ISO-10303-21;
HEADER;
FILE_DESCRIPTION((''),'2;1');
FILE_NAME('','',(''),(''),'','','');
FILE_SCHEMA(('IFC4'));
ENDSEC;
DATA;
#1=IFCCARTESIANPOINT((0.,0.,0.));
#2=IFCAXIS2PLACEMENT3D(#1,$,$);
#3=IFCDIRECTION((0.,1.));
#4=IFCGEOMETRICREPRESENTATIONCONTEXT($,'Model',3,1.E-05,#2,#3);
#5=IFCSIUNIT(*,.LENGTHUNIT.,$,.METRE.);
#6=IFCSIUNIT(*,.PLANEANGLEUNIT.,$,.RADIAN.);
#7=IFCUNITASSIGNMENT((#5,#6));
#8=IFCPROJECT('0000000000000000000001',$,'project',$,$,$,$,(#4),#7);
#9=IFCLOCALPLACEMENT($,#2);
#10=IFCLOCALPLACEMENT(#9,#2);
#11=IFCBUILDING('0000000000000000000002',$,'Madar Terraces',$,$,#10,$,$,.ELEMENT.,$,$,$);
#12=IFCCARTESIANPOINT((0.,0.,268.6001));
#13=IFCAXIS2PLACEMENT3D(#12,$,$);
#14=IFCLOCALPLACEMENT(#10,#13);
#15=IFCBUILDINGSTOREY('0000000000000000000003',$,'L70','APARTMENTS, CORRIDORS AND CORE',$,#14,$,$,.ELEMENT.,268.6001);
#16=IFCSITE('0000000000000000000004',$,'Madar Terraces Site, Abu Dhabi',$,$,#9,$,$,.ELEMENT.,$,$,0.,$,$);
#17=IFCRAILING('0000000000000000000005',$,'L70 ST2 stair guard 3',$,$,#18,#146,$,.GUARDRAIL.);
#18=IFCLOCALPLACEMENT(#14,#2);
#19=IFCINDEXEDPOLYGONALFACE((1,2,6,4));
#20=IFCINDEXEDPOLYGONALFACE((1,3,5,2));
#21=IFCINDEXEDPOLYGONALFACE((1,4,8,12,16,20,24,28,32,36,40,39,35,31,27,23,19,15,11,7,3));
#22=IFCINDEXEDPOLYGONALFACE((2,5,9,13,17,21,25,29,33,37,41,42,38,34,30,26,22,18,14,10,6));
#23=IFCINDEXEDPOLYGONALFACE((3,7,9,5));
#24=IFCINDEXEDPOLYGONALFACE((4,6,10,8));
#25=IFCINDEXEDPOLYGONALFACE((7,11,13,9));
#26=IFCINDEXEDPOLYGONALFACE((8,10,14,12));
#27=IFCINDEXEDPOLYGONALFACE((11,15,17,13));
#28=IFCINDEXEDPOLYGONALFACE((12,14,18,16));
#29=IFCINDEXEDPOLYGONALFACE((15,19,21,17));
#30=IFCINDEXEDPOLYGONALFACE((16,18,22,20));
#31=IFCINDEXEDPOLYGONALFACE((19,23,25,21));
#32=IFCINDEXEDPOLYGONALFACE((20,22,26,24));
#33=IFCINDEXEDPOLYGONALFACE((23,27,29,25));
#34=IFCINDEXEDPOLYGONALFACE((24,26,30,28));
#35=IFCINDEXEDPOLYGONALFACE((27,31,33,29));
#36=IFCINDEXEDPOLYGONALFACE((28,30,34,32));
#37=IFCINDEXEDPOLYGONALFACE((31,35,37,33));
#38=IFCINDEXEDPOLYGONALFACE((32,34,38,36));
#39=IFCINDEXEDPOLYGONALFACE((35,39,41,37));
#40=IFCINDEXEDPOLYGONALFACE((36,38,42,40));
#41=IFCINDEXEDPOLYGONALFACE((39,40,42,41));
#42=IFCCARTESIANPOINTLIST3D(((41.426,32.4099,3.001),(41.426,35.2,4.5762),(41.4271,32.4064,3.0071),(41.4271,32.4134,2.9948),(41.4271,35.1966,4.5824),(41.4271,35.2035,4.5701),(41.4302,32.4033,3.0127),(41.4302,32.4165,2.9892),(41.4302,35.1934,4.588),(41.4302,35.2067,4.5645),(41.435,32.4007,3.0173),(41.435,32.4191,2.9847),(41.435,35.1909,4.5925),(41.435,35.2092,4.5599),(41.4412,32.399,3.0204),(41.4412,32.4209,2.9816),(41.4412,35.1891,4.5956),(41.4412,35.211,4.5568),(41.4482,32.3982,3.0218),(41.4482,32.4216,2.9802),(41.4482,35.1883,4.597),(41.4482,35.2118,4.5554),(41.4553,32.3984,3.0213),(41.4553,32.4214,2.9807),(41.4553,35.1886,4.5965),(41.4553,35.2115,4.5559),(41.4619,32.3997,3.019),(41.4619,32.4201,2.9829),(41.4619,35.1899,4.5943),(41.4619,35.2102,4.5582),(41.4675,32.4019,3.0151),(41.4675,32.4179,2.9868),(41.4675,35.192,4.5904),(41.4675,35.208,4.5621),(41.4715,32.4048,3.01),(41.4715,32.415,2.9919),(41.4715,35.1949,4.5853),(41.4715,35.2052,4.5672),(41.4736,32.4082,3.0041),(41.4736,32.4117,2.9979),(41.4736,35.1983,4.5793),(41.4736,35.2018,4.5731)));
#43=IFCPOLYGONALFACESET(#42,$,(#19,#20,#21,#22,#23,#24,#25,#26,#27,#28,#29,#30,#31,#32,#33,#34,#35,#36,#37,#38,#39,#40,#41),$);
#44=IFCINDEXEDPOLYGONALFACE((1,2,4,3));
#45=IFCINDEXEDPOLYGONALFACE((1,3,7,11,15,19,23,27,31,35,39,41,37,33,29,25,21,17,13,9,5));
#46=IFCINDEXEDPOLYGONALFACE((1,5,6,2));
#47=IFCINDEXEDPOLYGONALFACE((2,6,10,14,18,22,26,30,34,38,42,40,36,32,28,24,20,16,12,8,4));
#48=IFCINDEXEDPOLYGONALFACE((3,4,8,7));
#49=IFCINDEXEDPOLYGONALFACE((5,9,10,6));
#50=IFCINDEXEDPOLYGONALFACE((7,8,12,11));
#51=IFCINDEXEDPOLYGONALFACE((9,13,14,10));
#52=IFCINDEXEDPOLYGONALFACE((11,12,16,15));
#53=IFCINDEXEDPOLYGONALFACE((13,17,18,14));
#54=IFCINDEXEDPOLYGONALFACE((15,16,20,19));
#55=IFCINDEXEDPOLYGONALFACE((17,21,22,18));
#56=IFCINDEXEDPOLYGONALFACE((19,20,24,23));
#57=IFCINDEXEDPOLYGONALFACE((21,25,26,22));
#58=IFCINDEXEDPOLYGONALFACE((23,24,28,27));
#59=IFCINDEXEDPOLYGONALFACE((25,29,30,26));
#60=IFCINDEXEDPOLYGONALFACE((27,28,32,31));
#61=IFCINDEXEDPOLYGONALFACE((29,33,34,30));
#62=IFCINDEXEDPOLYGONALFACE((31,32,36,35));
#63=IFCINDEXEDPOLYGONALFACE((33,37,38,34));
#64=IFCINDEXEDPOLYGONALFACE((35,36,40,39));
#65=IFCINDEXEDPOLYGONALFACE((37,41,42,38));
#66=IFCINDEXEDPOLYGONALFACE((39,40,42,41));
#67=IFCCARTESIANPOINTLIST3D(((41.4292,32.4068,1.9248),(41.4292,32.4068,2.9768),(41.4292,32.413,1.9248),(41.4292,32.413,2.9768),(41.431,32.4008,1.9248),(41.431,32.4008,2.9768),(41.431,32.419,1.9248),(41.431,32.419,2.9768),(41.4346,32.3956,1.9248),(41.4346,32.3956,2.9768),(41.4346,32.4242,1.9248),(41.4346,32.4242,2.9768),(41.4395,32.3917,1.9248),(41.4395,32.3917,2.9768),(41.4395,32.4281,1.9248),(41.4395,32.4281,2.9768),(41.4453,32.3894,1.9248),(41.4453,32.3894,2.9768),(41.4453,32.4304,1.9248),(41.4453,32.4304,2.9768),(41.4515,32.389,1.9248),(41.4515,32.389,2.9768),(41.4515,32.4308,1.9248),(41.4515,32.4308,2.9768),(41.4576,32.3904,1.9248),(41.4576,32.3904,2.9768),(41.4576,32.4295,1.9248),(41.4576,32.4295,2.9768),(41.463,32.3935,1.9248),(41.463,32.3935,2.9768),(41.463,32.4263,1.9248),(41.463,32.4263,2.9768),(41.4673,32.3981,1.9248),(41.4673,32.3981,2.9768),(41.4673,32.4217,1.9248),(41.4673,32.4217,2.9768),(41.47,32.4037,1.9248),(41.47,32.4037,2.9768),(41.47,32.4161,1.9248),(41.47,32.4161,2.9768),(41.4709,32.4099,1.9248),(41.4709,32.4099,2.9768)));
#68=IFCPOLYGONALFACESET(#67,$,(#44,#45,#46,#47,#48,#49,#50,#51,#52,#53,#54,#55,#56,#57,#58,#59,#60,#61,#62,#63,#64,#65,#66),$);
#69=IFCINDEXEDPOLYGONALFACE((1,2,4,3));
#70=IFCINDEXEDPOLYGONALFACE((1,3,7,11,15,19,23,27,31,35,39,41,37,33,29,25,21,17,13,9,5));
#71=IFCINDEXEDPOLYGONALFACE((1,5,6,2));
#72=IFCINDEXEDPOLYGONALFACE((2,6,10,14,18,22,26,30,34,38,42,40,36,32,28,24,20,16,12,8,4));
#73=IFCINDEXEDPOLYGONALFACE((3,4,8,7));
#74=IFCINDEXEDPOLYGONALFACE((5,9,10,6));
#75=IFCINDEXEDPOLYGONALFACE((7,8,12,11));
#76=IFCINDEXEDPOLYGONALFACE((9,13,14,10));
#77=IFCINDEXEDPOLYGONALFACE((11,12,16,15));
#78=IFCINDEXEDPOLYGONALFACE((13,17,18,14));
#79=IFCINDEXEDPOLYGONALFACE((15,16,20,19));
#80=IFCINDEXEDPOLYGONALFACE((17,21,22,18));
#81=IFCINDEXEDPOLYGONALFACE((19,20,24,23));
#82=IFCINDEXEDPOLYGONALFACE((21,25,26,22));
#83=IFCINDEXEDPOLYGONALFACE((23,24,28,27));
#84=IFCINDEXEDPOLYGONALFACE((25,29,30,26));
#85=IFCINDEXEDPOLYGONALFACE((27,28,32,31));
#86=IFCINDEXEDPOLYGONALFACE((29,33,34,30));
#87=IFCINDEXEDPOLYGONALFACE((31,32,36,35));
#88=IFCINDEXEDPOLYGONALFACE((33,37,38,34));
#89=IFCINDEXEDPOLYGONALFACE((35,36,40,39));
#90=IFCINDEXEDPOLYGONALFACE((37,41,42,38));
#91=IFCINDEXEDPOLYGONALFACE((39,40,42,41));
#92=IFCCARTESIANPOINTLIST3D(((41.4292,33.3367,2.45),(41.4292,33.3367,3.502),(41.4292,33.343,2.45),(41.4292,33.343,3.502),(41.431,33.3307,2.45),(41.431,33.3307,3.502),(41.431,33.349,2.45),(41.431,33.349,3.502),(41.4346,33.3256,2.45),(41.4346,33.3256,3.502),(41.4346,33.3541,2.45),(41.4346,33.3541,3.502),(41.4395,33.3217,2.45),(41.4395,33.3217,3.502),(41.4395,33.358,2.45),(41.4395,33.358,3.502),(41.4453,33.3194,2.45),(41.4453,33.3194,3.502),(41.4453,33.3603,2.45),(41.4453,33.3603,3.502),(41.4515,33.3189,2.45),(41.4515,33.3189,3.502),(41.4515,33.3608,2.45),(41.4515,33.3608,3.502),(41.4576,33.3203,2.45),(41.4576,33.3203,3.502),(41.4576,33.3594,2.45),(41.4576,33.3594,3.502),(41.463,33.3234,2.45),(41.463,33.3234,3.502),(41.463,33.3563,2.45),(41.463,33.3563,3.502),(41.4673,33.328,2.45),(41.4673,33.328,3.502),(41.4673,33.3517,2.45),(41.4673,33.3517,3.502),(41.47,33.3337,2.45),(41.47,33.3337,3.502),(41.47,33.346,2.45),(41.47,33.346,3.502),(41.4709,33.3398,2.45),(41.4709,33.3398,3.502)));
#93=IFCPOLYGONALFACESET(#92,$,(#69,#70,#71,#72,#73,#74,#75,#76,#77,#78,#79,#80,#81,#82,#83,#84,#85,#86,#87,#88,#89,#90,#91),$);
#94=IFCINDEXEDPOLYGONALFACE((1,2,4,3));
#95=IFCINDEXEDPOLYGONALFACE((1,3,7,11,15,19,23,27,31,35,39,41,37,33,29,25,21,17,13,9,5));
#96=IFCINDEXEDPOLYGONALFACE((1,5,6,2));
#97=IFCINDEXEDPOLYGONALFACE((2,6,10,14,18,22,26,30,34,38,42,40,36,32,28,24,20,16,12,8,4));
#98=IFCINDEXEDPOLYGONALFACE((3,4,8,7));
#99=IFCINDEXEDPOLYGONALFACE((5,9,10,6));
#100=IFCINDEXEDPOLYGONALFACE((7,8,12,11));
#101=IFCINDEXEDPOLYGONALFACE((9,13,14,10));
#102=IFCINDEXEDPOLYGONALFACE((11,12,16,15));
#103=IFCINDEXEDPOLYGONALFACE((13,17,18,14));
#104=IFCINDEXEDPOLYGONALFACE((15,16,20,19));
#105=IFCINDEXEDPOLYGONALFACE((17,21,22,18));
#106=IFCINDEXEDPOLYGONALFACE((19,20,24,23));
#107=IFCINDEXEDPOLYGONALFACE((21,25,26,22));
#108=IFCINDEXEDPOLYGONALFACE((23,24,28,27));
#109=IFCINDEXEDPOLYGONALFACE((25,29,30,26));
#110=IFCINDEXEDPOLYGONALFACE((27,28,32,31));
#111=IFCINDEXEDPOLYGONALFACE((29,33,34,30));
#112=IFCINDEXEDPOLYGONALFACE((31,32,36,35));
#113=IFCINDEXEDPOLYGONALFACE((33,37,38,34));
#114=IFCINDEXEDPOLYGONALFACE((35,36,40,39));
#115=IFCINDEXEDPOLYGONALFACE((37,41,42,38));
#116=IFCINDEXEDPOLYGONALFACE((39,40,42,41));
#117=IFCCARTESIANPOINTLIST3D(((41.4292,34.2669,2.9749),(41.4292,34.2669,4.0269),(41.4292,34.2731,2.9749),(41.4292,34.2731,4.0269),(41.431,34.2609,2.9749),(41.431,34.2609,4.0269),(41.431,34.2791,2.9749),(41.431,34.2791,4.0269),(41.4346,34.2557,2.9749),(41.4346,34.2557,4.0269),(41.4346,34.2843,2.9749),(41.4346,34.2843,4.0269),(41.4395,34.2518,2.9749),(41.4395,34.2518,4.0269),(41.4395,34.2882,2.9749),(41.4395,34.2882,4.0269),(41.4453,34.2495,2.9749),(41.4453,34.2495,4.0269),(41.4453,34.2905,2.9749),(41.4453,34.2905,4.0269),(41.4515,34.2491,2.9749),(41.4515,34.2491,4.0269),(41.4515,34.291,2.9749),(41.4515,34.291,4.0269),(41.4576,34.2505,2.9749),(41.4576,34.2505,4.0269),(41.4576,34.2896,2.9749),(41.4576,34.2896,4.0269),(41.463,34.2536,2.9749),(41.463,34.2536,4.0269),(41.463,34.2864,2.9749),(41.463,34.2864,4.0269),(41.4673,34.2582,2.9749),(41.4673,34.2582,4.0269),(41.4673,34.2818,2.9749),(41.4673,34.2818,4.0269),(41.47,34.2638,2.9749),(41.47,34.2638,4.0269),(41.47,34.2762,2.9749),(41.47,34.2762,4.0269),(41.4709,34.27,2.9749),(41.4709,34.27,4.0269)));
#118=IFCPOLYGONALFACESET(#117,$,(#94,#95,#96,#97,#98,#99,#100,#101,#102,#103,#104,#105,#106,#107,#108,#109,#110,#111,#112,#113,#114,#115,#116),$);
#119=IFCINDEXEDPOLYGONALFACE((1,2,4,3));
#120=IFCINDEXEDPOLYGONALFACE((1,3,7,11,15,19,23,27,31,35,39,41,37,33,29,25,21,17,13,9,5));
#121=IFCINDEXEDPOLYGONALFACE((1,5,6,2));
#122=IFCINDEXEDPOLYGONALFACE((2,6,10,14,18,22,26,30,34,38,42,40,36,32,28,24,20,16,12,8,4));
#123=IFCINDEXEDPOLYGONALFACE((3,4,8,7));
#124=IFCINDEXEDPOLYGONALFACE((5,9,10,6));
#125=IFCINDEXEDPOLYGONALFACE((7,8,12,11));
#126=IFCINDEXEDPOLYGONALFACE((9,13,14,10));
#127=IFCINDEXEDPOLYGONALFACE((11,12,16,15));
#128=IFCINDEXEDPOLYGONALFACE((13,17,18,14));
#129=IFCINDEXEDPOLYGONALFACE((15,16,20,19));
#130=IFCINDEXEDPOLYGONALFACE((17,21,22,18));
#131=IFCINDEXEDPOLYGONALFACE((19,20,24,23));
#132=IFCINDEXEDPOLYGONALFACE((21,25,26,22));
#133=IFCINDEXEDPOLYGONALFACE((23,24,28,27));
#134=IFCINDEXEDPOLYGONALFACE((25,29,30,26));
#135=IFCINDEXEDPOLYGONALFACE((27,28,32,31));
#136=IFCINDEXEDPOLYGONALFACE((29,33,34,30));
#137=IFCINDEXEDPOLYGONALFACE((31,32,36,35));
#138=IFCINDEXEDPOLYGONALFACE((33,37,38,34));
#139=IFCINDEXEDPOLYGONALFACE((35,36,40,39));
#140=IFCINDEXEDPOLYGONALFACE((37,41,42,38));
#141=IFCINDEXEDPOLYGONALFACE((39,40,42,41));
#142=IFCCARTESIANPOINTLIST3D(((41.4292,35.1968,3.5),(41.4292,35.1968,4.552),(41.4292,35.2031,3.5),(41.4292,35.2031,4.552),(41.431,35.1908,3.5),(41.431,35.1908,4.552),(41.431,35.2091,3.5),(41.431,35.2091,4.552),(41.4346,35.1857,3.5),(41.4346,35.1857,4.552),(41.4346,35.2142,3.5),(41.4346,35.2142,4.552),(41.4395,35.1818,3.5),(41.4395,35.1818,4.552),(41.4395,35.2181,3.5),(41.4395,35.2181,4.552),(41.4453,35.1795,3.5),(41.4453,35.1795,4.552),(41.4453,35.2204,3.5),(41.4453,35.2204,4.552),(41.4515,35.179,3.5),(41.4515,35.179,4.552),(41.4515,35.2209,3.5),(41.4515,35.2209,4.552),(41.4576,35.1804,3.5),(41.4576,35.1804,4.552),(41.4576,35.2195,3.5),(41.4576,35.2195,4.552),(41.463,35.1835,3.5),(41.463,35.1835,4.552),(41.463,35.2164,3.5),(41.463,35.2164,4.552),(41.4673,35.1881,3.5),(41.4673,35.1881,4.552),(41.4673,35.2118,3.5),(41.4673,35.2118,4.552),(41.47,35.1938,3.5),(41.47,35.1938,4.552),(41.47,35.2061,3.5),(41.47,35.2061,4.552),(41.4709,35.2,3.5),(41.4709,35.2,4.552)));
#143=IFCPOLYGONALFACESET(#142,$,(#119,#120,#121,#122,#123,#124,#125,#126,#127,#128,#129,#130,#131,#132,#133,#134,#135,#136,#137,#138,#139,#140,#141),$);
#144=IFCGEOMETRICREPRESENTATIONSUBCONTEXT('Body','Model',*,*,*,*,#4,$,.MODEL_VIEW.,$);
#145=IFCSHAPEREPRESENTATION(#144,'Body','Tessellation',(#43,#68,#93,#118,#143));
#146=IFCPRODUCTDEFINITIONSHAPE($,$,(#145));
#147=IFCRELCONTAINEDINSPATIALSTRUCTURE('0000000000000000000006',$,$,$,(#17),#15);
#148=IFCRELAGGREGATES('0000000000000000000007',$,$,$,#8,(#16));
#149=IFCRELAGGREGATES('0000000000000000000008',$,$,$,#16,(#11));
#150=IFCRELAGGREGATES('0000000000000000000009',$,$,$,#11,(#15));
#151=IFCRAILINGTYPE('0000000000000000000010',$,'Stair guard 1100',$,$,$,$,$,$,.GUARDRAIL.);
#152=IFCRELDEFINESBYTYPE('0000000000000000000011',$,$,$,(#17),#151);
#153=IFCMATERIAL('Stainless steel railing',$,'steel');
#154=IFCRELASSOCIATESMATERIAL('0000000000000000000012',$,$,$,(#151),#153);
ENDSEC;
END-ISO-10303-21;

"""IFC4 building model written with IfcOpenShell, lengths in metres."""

from ifc_helpers import new_model, si_unit, direction, frame, origin, origin_2d, place, context, subcontext, project, spatial, circle, extrude, material, type_object, element, save


model = new_model("IFC4")

# Units and contexts
model_context = context("Model", 3, precision=1e-05, world=origin(), true_north=direction((0.0, 1.0)))
body_context = subcontext(model_context, "Body", "Model", "MODEL_VIEW")
ifc_project = project(units=[si_unit("LENGTHUNIT", "METRE"), si_unit("PLANEANGLEUNIT", "RADIAN")], contexts=[model_context])

# Site, building, storey
site_placement = place(None, origin())
site = spatial("IfcSite", under=ifc_project, at=site_placement, Name="Madar Terraces Site, Abu Dhabi", CompositionType="ELEMENT", RefElevation=0.0)
building_placement = place(site_placement, origin())
building = spatial("IfcBuilding", under=site, at=building_placement, Name="Madar Terraces", CompositionType="ELEMENT")
storey_placement = place(building_placement, frame((0.0, 0.0, 268.6001)))
storey = spatial("IfcBuildingStorey", under=building, at=storey_placement, Name="L70", Description="APARTMENTS, CORRIDORS AND CORE", CompositionType="ELEMENT", Elevation=268.6001)

# Railing
ifc_material_1 = material(Name="Stainless steel railing", Category="steel")
railing_type_1 = type_object("IfcRailingType", Name="Stair guard 1100", PredefinedType="GUARDRAIL", material=ifc_material_1)
railing_1_placement = place(storey_placement, frame((41.45, 32.4099, 1.9248)))
element("IfcRailing", 1, at=railing_1_placement, inside=storey, type_object=railing_type_1, Name="L70 ST2 stair guard 3", PredefinedType="GUARDRAIL", context=body_context, shape_type="SweptSolid", body=[
    extrude(circle(Radius=0.0239, at=origin_2d()), frame((0.0, 0.0, 1.0762), z_axis=(0.0, 0.870801, 0.491635), x_axis=(-1.0, 0.0, 0.0)), (0.0, 0.0, 1.0), 3.2041),
    extrude(circle(Radius=0.021, at=origin_2d()), origin(), (0.0, 0.0, 1.0), 1.052),
    extrude(circle(Radius=0.021, at=origin_2d()), frame((0.0, 0.9299, 0.5251)), (0.0, 0.0, 1.0), 1.052),
    extrude(circle(Radius=0.021, at=origin_2d()), frame((0.0, 1.8601, 1.05)), (0.0, 0.0, 1.0), 1.052),
    extrude(circle(Radius=0.021, at=origin_2d()), frame((0.0, 2.79, 1.5752)), (0.0, 0.0, 1.0), 1.052),
])

save(model, "model.ifc")
